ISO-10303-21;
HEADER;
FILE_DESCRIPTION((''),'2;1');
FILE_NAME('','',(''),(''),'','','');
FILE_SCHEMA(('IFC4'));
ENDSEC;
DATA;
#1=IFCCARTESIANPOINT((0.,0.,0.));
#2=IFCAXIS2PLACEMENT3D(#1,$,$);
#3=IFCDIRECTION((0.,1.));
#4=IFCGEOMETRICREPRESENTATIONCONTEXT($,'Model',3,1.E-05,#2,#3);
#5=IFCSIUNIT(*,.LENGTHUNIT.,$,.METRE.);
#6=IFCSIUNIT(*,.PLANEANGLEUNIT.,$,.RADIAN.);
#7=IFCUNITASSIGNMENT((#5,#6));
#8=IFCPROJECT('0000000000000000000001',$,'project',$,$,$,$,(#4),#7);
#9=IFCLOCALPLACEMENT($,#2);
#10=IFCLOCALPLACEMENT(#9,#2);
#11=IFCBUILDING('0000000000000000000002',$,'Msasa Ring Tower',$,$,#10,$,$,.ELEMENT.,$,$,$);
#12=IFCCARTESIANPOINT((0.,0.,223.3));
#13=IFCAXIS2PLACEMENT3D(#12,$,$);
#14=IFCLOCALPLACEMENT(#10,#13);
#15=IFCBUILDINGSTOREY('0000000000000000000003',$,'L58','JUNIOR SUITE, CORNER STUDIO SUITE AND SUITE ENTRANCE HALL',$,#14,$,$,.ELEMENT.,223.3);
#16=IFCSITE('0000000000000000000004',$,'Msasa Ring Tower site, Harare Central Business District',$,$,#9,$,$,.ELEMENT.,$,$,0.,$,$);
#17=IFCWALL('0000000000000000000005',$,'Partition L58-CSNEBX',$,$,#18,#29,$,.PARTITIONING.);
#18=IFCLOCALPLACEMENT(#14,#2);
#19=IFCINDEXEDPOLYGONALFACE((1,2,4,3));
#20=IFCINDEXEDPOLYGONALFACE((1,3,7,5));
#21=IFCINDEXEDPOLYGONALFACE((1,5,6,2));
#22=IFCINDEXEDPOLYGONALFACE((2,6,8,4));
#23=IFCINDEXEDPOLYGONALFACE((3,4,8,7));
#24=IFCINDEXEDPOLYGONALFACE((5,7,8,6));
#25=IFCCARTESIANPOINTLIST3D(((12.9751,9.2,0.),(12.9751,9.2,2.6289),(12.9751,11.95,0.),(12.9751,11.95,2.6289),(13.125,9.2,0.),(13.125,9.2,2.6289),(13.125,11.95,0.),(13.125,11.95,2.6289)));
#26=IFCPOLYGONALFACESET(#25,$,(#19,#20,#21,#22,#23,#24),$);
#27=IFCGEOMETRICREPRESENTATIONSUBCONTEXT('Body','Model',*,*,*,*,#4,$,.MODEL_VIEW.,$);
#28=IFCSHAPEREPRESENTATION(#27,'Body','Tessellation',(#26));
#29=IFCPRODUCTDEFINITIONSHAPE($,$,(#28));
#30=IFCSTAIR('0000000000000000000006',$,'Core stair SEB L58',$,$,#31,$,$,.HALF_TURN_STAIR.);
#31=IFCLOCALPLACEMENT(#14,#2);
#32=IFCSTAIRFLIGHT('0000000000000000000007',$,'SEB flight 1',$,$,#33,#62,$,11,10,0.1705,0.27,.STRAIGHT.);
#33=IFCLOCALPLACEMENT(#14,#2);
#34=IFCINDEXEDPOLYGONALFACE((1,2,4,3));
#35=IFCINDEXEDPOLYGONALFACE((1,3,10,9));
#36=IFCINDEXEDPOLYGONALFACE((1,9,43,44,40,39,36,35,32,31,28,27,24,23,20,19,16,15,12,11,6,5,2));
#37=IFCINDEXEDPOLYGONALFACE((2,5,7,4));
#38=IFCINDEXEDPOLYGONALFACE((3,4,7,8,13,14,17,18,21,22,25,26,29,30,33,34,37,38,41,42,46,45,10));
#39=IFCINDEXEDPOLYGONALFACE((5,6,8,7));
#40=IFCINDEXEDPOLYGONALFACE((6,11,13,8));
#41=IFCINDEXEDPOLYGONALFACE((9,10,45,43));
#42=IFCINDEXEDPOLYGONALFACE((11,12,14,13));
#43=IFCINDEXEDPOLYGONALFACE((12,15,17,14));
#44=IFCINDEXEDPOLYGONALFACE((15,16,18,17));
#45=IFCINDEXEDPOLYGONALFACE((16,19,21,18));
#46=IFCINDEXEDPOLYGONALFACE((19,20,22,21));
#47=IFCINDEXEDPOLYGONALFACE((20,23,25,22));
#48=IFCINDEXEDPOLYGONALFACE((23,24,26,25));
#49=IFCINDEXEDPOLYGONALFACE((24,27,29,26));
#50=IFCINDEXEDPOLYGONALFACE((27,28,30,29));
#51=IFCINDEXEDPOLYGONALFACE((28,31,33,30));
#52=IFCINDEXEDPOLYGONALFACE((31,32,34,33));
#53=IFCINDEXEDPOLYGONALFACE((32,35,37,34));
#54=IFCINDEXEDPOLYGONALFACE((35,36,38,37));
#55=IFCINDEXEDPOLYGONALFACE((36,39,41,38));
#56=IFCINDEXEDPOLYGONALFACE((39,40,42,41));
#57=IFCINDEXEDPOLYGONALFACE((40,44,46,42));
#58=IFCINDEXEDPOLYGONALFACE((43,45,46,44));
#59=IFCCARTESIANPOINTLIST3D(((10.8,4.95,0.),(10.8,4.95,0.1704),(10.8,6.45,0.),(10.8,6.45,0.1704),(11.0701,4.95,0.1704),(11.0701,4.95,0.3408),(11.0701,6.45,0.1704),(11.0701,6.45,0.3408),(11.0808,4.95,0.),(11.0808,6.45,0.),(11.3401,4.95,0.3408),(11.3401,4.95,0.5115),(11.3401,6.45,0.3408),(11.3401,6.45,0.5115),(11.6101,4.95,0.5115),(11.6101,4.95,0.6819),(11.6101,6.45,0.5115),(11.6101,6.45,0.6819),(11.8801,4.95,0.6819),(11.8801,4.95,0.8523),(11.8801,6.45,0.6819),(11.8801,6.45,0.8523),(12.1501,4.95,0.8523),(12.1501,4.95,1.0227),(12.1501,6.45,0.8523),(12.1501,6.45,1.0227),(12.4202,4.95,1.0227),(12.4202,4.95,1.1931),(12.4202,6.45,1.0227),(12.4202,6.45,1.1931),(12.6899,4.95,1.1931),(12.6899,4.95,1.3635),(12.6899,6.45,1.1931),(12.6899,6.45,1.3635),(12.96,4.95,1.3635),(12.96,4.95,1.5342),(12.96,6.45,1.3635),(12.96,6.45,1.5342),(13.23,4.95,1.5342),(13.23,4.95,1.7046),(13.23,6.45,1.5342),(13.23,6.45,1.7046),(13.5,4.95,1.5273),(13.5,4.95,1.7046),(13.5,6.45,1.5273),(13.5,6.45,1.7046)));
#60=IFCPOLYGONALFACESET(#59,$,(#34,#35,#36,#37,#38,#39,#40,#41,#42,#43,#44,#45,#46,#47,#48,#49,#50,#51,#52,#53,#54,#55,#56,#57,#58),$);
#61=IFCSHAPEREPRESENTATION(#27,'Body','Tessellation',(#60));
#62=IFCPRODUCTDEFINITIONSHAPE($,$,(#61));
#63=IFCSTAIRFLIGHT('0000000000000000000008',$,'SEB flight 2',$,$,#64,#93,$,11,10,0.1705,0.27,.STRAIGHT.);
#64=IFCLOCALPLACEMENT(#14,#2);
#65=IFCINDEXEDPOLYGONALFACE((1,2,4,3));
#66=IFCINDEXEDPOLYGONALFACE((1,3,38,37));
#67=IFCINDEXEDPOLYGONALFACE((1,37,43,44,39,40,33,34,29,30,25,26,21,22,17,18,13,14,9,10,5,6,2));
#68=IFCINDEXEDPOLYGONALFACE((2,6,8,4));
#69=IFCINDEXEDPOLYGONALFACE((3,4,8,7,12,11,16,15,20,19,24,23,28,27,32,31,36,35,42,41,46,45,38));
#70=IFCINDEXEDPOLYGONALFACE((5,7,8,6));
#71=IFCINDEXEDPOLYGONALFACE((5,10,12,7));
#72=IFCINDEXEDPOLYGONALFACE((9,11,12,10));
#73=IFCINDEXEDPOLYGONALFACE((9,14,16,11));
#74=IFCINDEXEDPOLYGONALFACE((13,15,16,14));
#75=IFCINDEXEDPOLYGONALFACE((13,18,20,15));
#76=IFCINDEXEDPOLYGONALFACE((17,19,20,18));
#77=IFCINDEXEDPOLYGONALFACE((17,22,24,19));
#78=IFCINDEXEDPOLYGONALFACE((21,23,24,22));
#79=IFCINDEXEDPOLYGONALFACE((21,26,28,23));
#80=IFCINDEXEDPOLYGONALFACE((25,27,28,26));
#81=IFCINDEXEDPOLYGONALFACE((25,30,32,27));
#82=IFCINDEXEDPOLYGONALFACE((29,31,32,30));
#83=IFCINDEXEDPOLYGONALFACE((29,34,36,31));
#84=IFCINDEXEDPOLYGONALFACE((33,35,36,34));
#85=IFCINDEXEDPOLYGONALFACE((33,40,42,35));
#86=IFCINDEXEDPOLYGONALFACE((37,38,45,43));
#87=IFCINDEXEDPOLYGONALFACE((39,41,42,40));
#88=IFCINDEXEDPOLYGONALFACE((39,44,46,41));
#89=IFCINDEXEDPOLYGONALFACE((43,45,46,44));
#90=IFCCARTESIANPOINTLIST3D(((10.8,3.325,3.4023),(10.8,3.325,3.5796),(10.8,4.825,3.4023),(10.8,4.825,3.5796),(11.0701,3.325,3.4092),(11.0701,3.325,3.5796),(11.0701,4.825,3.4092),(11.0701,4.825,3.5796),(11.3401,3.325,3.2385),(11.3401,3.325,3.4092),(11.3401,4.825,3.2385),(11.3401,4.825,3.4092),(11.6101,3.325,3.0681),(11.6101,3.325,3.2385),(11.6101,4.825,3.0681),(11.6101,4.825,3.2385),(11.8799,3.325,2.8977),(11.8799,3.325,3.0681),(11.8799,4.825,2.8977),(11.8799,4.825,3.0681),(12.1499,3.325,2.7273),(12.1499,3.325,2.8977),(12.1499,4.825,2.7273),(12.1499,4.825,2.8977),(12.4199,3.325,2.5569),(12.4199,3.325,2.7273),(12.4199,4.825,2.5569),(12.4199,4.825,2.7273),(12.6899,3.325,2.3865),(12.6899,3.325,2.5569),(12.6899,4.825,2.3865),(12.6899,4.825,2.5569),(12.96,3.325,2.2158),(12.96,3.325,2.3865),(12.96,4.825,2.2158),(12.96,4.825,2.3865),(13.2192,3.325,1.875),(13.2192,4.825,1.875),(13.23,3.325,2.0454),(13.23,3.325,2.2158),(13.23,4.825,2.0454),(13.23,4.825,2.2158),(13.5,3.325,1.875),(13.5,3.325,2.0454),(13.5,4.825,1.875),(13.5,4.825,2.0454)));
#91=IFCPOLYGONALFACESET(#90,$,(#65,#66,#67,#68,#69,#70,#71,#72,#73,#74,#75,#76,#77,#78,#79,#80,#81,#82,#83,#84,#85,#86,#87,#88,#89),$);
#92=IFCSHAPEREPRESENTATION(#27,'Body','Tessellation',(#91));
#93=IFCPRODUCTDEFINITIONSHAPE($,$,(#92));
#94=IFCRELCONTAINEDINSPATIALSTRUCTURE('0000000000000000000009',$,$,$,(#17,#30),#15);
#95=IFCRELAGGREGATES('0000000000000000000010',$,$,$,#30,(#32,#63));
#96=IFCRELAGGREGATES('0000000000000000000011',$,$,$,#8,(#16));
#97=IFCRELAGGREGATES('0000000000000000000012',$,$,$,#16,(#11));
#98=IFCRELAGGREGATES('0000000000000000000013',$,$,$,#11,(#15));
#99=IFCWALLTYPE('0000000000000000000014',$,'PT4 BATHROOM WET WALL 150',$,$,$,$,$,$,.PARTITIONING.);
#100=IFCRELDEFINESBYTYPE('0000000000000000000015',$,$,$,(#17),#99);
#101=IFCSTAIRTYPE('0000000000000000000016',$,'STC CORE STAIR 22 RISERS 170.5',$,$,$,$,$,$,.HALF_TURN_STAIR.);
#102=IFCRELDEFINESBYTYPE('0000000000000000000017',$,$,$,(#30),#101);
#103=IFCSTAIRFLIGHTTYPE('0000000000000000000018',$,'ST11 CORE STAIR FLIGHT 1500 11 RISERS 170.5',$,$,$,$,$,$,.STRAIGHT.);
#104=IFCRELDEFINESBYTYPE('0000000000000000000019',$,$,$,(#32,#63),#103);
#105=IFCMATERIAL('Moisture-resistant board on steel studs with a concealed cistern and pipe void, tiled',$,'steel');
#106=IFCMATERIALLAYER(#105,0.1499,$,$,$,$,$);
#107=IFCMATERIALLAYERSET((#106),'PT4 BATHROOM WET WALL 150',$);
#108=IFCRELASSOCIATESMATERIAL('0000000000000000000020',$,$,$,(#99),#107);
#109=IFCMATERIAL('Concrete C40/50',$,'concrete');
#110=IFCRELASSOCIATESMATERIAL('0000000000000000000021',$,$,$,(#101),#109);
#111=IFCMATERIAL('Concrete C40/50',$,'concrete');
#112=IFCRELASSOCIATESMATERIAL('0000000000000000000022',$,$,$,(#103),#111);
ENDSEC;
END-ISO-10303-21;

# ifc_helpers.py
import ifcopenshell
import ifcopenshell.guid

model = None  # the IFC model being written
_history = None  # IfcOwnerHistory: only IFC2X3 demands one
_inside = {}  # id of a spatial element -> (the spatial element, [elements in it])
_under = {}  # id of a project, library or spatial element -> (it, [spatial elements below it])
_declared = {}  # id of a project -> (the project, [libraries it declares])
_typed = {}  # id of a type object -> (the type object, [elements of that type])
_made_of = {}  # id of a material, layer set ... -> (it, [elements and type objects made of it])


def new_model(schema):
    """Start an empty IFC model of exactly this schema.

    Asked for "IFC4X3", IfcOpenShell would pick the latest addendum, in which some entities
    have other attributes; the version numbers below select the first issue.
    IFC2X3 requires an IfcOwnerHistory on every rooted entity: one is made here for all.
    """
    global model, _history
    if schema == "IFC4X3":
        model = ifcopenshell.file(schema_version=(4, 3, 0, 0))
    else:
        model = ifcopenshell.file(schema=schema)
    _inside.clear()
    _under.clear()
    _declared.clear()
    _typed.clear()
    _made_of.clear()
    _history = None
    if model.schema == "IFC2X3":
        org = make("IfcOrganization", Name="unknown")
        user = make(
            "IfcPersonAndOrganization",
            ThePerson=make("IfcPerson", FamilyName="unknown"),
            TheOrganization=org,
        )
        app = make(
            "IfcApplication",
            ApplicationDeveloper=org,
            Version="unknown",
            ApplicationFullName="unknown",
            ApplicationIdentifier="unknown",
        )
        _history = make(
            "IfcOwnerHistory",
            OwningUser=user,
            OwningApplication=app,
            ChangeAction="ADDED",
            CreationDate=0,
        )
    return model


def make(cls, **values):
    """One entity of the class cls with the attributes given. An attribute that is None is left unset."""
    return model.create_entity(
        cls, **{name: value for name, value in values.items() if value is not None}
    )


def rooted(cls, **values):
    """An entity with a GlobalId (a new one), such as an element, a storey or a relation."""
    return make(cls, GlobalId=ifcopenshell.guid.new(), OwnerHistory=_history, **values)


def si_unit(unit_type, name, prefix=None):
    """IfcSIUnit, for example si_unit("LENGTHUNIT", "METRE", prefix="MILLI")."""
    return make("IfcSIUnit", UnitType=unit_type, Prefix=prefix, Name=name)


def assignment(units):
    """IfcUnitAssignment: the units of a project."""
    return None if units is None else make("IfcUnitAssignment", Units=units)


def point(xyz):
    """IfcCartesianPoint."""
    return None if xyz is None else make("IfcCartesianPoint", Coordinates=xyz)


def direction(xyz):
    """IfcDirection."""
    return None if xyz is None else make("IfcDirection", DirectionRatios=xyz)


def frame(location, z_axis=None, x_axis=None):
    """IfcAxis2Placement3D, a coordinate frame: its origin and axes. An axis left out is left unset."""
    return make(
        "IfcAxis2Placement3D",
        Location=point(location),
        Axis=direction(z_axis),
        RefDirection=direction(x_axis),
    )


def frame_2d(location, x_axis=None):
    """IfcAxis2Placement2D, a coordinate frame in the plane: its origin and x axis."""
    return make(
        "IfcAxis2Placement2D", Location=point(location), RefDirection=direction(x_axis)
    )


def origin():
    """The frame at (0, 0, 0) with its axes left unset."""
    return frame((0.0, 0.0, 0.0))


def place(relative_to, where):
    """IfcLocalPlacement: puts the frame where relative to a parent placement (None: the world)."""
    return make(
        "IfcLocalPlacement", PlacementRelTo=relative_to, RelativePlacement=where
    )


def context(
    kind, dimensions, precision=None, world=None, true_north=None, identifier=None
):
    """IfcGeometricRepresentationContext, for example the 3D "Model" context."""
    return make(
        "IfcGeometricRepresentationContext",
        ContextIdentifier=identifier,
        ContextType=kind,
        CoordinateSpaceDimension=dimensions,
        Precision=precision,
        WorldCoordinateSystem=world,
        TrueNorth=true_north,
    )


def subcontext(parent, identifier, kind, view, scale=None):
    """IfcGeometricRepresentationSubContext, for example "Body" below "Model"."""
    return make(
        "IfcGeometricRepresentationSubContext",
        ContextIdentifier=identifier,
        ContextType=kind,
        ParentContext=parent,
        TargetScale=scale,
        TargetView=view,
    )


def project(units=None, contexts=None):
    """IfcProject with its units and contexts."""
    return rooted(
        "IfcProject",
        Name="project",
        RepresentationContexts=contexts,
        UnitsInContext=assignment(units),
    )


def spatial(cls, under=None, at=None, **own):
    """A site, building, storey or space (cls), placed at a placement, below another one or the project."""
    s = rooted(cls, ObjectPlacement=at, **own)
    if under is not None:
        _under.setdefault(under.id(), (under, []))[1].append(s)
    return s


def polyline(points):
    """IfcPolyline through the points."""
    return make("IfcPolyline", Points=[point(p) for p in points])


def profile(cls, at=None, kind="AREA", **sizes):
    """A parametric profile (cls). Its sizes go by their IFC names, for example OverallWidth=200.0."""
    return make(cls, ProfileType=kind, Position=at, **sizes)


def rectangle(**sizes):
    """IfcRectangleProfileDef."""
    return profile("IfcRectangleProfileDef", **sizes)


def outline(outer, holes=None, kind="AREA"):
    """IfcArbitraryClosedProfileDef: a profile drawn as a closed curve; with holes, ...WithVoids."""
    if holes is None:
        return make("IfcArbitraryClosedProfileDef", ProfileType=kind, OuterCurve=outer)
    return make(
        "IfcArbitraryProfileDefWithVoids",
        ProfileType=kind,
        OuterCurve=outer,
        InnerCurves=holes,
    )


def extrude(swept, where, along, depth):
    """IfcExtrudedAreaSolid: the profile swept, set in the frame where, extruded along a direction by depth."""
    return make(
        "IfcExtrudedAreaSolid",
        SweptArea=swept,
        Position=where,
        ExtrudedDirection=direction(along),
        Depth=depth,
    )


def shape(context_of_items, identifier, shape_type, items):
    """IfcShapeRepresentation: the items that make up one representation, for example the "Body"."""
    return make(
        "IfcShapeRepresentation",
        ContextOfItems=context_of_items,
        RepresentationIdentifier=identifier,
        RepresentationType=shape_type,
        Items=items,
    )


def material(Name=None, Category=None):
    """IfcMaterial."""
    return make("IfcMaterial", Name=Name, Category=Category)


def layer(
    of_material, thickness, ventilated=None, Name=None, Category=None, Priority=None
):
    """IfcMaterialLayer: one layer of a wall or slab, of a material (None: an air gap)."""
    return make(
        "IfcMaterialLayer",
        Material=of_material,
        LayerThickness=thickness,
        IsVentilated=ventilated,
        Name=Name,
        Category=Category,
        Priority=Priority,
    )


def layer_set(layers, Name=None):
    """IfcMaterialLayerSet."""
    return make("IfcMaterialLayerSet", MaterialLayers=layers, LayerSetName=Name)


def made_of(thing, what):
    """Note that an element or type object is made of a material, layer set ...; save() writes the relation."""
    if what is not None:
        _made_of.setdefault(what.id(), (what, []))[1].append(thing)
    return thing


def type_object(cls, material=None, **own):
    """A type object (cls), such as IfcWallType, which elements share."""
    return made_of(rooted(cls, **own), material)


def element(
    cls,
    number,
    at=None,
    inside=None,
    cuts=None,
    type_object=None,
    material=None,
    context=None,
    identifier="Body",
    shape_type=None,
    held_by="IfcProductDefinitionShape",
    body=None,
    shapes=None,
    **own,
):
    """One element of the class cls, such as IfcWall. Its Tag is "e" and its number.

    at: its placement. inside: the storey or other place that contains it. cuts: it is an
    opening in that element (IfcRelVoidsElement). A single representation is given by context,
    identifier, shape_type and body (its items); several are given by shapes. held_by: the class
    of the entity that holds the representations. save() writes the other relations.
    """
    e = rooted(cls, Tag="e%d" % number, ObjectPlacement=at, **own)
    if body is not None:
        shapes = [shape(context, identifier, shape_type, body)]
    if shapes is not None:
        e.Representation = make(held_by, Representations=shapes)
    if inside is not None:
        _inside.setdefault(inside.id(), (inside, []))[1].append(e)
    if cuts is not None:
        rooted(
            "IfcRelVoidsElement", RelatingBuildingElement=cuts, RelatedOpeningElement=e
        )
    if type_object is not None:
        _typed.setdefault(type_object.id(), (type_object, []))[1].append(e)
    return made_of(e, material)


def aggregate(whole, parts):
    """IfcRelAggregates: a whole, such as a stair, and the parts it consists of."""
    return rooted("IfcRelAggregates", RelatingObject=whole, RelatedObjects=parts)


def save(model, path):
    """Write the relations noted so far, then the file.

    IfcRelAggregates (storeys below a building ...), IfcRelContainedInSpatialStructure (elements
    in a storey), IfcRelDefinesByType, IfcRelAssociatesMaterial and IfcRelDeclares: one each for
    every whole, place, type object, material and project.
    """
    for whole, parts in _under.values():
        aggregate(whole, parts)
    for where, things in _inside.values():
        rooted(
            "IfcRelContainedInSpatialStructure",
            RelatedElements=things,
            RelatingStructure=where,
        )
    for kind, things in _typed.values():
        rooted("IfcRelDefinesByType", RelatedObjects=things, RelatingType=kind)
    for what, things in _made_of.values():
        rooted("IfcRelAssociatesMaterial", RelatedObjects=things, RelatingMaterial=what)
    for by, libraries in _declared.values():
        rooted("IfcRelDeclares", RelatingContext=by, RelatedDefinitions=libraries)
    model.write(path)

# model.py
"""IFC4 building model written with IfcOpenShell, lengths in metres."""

from ifc_helpers import new_model, si_unit, direction, frame, frame_2d, origin, place, context, subcontext, project, spatial, polyline, rectangle, outline, extrude, material, layer, layer_set, type_object, element, aggregate, save


model = new_model("IFC4")

# Units and contexts
model_context = context("Model", 3, precision=1e-05, world=origin(), true_north=direction((0.0, 1.0)))
body_context = subcontext(model_context, "Body", "Model", "MODEL_VIEW")
ifc_project = project(units=[si_unit("LENGTHUNIT", "METRE"), si_unit("PLANEANGLEUNIT", "RADIAN")], contexts=[model_context])

# Site, building, storey
site_placement = place(None, origin())
site = spatial("IfcSite", under=ifc_project, at=site_placement, Name="Msasa Ring Tower site, Harare Central Business District", CompositionType="ELEMENT", RefElevation=0.0)
building_placement = place(site_placement, origin())
building = spatial("IfcBuilding", under=site, at=building_placement, Name="Msasa Ring Tower", CompositionType="ELEMENT")
storey_placement = place(building_placement, frame((0.0, 0.0, 223.3)))
storey = spatial("IfcBuildingStorey", under=building, at=storey_placement, Name="L58", Description="JUNIOR SUITE, CORNER STUDIO SUITE AND SUITE ENTRANCE HALL", CompositionType="ELEMENT", Elevation=223.3)

# Wall
ifc_material_1 = material(Name="Moisture-resistant board on steel studs with a concealed cistern and pipe void, tiled", Category="steel")
ifc_layer_1 = layer(ifc_material_1, 0.1499)
ifc_layer_set_1 = layer_set([ifc_layer_1], Name="PT4 BATHROOM WET WALL 150")
wall_type_1 = type_object("IfcWallType", Name="PT4 BATHROOM WET WALL 150", PredefinedType="PARTITIONING", material=ifc_layer_set_1)
wall_1_placement = place(storey_placement, frame((13.05, 9.2, 0.0), z_axis=(0.0, 0.0, 1.0), x_axis=(0.0, 1.0, 0.0)))
element("IfcWall", 1, at=wall_1_placement, inside=storey, type_object=wall_type_1, Name="Partition L58-CSNEBX", PredefinedType="PARTITIONING", context=body_context, shape_type="SweptSolid", body=[
    extrude(rectangle(XDim=2.75, YDim=0.1499, at=frame_2d((1.375, 0.0))), origin(), (0.0, 0.0, 1.0), 2.6289),
])

# Stair, stair flights
ifc_material_2 = material(Name="Concrete C40/50", Category="concrete")
stair_type = type_object("IfcStairType", Name="STC CORE STAIR 22 RISERS 170.5", PredefinedType="HALF_TURN_STAIR", material=ifc_material_2)
stair_placement = place(storey_placement, origin())
stair = element("IfcStair", 2, at=stair_placement, inside=storey, type_object=stair_type, Name="Core stair SEB L58", PredefinedType="HALF_TURN_STAIR")
ifc_material_3 = material(Name="Concrete C40/50", Category="concrete")
stair_flight_type = type_object("IfcStairFlightType", Name="ST11 CORE STAIR FLIGHT 1500 11 RISERS 170.5", PredefinedType="STRAIGHT", material=ifc_material_3)
stair_flight_1_placement = place(storey_placement, frame((10.8, 5.7, 0.0), z_axis=(0.0, 0.0, 1.0), x_axis=(1.0, 0.0, 0.0)))
stair_flight_1 = element("IfcStairFlight", 3, at=stair_flight_1_placement, type_object=stair_flight_type, Name="SEB flight 1", NumberOfRisers=11, NumberOfTreads=10, PredefinedType="STRAIGHT", RiserHeight=0.1705, TreadLength=0.27, context=body_context, shape_type="SweptSolid", body=[
    extrude(outline(polyline([(0.0, 0.0), (0.0, 0.1704), (0.27, 0.1704), (0.27, 0.3408), (0.54, 0.3408), (0.54, 0.5115), (0.8101, 0.5115), (0.8101, 0.6819), (1.0801, 0.6819), (1.0801, 0.8523), (1.3501, 0.8523), (1.3501, 1.0227), (1.6201, 1.0227), (1.6201, 1.1931), (1.8899, 1.1931), (1.8899, 1.3635), (2.1599, 1.3635), (2.1599, 1.5342), (2.4299, 1.5342), (2.4299, 1.7046), (2.7, 1.7046), (2.7, 1.875), (2.7, 1.5273), (0.2808, 0.0), (0.0, 0.0)])), frame((0.0, 0.75, 0.0), z_axis=(0.0, -1.0, 0.0), x_axis=(1.0, 0.0, 0.0)), (0.0, 0.0, 1.0), 1.5),
])
stair_flight_2_placement = place(storey_placement, frame((13.5, 4.075, 1.875), z_axis=(0.0, 0.0, 1.0), x_axis=(-1.0, 0.0, 0.0)))
stair_flight_2 = element("IfcStairFlight", 4, at=stair_flight_2_placement, type_object=stair_flight_type, Name="SEB flight 2", NumberOfRisers=11, NumberOfTreads=10, PredefinedType="STRAIGHT", RiserHeight=0.1705, TreadLength=0.27, context=body_context, shape_type="SweptSolid", body=[
    extrude(outline(polyline([(0.0, 0.0), (0.0, 0.1704), (0.27, 0.1704), (0.27, 0.3408), (0.54, 0.3408), (0.54, 0.5115), (0.8101, 0.5115), (0.8101, 0.6819), (1.0801, 0.6819), (1.0801, 0.8523), (1.3501, 0.8523), (1.3501, 1.0227), (1.6201, 1.0227), (1.6201, 1.1931), (1.8899, 1.1931), (1.8899, 1.3635), (2.1599, 1.3635), (2.1599, 1.5342), (2.4299, 1.5342), (2.4299, 1.7046), (2.7, 1.7046), (2.7, 1.875), (2.7, 1.5273), (0.2808, 0.0), (0.0, 0.0)])), frame((0.0, 0.75, 0.0), z_axis=(0.0, -1.0, 0.0), x_axis=(1.0, 0.0, 0.0)), (0.0, 0.0, 1.0), 1.5),
])
aggregate(stair, [stair_flight_1, stair_flight_2])

save(model, "model.ifc")
